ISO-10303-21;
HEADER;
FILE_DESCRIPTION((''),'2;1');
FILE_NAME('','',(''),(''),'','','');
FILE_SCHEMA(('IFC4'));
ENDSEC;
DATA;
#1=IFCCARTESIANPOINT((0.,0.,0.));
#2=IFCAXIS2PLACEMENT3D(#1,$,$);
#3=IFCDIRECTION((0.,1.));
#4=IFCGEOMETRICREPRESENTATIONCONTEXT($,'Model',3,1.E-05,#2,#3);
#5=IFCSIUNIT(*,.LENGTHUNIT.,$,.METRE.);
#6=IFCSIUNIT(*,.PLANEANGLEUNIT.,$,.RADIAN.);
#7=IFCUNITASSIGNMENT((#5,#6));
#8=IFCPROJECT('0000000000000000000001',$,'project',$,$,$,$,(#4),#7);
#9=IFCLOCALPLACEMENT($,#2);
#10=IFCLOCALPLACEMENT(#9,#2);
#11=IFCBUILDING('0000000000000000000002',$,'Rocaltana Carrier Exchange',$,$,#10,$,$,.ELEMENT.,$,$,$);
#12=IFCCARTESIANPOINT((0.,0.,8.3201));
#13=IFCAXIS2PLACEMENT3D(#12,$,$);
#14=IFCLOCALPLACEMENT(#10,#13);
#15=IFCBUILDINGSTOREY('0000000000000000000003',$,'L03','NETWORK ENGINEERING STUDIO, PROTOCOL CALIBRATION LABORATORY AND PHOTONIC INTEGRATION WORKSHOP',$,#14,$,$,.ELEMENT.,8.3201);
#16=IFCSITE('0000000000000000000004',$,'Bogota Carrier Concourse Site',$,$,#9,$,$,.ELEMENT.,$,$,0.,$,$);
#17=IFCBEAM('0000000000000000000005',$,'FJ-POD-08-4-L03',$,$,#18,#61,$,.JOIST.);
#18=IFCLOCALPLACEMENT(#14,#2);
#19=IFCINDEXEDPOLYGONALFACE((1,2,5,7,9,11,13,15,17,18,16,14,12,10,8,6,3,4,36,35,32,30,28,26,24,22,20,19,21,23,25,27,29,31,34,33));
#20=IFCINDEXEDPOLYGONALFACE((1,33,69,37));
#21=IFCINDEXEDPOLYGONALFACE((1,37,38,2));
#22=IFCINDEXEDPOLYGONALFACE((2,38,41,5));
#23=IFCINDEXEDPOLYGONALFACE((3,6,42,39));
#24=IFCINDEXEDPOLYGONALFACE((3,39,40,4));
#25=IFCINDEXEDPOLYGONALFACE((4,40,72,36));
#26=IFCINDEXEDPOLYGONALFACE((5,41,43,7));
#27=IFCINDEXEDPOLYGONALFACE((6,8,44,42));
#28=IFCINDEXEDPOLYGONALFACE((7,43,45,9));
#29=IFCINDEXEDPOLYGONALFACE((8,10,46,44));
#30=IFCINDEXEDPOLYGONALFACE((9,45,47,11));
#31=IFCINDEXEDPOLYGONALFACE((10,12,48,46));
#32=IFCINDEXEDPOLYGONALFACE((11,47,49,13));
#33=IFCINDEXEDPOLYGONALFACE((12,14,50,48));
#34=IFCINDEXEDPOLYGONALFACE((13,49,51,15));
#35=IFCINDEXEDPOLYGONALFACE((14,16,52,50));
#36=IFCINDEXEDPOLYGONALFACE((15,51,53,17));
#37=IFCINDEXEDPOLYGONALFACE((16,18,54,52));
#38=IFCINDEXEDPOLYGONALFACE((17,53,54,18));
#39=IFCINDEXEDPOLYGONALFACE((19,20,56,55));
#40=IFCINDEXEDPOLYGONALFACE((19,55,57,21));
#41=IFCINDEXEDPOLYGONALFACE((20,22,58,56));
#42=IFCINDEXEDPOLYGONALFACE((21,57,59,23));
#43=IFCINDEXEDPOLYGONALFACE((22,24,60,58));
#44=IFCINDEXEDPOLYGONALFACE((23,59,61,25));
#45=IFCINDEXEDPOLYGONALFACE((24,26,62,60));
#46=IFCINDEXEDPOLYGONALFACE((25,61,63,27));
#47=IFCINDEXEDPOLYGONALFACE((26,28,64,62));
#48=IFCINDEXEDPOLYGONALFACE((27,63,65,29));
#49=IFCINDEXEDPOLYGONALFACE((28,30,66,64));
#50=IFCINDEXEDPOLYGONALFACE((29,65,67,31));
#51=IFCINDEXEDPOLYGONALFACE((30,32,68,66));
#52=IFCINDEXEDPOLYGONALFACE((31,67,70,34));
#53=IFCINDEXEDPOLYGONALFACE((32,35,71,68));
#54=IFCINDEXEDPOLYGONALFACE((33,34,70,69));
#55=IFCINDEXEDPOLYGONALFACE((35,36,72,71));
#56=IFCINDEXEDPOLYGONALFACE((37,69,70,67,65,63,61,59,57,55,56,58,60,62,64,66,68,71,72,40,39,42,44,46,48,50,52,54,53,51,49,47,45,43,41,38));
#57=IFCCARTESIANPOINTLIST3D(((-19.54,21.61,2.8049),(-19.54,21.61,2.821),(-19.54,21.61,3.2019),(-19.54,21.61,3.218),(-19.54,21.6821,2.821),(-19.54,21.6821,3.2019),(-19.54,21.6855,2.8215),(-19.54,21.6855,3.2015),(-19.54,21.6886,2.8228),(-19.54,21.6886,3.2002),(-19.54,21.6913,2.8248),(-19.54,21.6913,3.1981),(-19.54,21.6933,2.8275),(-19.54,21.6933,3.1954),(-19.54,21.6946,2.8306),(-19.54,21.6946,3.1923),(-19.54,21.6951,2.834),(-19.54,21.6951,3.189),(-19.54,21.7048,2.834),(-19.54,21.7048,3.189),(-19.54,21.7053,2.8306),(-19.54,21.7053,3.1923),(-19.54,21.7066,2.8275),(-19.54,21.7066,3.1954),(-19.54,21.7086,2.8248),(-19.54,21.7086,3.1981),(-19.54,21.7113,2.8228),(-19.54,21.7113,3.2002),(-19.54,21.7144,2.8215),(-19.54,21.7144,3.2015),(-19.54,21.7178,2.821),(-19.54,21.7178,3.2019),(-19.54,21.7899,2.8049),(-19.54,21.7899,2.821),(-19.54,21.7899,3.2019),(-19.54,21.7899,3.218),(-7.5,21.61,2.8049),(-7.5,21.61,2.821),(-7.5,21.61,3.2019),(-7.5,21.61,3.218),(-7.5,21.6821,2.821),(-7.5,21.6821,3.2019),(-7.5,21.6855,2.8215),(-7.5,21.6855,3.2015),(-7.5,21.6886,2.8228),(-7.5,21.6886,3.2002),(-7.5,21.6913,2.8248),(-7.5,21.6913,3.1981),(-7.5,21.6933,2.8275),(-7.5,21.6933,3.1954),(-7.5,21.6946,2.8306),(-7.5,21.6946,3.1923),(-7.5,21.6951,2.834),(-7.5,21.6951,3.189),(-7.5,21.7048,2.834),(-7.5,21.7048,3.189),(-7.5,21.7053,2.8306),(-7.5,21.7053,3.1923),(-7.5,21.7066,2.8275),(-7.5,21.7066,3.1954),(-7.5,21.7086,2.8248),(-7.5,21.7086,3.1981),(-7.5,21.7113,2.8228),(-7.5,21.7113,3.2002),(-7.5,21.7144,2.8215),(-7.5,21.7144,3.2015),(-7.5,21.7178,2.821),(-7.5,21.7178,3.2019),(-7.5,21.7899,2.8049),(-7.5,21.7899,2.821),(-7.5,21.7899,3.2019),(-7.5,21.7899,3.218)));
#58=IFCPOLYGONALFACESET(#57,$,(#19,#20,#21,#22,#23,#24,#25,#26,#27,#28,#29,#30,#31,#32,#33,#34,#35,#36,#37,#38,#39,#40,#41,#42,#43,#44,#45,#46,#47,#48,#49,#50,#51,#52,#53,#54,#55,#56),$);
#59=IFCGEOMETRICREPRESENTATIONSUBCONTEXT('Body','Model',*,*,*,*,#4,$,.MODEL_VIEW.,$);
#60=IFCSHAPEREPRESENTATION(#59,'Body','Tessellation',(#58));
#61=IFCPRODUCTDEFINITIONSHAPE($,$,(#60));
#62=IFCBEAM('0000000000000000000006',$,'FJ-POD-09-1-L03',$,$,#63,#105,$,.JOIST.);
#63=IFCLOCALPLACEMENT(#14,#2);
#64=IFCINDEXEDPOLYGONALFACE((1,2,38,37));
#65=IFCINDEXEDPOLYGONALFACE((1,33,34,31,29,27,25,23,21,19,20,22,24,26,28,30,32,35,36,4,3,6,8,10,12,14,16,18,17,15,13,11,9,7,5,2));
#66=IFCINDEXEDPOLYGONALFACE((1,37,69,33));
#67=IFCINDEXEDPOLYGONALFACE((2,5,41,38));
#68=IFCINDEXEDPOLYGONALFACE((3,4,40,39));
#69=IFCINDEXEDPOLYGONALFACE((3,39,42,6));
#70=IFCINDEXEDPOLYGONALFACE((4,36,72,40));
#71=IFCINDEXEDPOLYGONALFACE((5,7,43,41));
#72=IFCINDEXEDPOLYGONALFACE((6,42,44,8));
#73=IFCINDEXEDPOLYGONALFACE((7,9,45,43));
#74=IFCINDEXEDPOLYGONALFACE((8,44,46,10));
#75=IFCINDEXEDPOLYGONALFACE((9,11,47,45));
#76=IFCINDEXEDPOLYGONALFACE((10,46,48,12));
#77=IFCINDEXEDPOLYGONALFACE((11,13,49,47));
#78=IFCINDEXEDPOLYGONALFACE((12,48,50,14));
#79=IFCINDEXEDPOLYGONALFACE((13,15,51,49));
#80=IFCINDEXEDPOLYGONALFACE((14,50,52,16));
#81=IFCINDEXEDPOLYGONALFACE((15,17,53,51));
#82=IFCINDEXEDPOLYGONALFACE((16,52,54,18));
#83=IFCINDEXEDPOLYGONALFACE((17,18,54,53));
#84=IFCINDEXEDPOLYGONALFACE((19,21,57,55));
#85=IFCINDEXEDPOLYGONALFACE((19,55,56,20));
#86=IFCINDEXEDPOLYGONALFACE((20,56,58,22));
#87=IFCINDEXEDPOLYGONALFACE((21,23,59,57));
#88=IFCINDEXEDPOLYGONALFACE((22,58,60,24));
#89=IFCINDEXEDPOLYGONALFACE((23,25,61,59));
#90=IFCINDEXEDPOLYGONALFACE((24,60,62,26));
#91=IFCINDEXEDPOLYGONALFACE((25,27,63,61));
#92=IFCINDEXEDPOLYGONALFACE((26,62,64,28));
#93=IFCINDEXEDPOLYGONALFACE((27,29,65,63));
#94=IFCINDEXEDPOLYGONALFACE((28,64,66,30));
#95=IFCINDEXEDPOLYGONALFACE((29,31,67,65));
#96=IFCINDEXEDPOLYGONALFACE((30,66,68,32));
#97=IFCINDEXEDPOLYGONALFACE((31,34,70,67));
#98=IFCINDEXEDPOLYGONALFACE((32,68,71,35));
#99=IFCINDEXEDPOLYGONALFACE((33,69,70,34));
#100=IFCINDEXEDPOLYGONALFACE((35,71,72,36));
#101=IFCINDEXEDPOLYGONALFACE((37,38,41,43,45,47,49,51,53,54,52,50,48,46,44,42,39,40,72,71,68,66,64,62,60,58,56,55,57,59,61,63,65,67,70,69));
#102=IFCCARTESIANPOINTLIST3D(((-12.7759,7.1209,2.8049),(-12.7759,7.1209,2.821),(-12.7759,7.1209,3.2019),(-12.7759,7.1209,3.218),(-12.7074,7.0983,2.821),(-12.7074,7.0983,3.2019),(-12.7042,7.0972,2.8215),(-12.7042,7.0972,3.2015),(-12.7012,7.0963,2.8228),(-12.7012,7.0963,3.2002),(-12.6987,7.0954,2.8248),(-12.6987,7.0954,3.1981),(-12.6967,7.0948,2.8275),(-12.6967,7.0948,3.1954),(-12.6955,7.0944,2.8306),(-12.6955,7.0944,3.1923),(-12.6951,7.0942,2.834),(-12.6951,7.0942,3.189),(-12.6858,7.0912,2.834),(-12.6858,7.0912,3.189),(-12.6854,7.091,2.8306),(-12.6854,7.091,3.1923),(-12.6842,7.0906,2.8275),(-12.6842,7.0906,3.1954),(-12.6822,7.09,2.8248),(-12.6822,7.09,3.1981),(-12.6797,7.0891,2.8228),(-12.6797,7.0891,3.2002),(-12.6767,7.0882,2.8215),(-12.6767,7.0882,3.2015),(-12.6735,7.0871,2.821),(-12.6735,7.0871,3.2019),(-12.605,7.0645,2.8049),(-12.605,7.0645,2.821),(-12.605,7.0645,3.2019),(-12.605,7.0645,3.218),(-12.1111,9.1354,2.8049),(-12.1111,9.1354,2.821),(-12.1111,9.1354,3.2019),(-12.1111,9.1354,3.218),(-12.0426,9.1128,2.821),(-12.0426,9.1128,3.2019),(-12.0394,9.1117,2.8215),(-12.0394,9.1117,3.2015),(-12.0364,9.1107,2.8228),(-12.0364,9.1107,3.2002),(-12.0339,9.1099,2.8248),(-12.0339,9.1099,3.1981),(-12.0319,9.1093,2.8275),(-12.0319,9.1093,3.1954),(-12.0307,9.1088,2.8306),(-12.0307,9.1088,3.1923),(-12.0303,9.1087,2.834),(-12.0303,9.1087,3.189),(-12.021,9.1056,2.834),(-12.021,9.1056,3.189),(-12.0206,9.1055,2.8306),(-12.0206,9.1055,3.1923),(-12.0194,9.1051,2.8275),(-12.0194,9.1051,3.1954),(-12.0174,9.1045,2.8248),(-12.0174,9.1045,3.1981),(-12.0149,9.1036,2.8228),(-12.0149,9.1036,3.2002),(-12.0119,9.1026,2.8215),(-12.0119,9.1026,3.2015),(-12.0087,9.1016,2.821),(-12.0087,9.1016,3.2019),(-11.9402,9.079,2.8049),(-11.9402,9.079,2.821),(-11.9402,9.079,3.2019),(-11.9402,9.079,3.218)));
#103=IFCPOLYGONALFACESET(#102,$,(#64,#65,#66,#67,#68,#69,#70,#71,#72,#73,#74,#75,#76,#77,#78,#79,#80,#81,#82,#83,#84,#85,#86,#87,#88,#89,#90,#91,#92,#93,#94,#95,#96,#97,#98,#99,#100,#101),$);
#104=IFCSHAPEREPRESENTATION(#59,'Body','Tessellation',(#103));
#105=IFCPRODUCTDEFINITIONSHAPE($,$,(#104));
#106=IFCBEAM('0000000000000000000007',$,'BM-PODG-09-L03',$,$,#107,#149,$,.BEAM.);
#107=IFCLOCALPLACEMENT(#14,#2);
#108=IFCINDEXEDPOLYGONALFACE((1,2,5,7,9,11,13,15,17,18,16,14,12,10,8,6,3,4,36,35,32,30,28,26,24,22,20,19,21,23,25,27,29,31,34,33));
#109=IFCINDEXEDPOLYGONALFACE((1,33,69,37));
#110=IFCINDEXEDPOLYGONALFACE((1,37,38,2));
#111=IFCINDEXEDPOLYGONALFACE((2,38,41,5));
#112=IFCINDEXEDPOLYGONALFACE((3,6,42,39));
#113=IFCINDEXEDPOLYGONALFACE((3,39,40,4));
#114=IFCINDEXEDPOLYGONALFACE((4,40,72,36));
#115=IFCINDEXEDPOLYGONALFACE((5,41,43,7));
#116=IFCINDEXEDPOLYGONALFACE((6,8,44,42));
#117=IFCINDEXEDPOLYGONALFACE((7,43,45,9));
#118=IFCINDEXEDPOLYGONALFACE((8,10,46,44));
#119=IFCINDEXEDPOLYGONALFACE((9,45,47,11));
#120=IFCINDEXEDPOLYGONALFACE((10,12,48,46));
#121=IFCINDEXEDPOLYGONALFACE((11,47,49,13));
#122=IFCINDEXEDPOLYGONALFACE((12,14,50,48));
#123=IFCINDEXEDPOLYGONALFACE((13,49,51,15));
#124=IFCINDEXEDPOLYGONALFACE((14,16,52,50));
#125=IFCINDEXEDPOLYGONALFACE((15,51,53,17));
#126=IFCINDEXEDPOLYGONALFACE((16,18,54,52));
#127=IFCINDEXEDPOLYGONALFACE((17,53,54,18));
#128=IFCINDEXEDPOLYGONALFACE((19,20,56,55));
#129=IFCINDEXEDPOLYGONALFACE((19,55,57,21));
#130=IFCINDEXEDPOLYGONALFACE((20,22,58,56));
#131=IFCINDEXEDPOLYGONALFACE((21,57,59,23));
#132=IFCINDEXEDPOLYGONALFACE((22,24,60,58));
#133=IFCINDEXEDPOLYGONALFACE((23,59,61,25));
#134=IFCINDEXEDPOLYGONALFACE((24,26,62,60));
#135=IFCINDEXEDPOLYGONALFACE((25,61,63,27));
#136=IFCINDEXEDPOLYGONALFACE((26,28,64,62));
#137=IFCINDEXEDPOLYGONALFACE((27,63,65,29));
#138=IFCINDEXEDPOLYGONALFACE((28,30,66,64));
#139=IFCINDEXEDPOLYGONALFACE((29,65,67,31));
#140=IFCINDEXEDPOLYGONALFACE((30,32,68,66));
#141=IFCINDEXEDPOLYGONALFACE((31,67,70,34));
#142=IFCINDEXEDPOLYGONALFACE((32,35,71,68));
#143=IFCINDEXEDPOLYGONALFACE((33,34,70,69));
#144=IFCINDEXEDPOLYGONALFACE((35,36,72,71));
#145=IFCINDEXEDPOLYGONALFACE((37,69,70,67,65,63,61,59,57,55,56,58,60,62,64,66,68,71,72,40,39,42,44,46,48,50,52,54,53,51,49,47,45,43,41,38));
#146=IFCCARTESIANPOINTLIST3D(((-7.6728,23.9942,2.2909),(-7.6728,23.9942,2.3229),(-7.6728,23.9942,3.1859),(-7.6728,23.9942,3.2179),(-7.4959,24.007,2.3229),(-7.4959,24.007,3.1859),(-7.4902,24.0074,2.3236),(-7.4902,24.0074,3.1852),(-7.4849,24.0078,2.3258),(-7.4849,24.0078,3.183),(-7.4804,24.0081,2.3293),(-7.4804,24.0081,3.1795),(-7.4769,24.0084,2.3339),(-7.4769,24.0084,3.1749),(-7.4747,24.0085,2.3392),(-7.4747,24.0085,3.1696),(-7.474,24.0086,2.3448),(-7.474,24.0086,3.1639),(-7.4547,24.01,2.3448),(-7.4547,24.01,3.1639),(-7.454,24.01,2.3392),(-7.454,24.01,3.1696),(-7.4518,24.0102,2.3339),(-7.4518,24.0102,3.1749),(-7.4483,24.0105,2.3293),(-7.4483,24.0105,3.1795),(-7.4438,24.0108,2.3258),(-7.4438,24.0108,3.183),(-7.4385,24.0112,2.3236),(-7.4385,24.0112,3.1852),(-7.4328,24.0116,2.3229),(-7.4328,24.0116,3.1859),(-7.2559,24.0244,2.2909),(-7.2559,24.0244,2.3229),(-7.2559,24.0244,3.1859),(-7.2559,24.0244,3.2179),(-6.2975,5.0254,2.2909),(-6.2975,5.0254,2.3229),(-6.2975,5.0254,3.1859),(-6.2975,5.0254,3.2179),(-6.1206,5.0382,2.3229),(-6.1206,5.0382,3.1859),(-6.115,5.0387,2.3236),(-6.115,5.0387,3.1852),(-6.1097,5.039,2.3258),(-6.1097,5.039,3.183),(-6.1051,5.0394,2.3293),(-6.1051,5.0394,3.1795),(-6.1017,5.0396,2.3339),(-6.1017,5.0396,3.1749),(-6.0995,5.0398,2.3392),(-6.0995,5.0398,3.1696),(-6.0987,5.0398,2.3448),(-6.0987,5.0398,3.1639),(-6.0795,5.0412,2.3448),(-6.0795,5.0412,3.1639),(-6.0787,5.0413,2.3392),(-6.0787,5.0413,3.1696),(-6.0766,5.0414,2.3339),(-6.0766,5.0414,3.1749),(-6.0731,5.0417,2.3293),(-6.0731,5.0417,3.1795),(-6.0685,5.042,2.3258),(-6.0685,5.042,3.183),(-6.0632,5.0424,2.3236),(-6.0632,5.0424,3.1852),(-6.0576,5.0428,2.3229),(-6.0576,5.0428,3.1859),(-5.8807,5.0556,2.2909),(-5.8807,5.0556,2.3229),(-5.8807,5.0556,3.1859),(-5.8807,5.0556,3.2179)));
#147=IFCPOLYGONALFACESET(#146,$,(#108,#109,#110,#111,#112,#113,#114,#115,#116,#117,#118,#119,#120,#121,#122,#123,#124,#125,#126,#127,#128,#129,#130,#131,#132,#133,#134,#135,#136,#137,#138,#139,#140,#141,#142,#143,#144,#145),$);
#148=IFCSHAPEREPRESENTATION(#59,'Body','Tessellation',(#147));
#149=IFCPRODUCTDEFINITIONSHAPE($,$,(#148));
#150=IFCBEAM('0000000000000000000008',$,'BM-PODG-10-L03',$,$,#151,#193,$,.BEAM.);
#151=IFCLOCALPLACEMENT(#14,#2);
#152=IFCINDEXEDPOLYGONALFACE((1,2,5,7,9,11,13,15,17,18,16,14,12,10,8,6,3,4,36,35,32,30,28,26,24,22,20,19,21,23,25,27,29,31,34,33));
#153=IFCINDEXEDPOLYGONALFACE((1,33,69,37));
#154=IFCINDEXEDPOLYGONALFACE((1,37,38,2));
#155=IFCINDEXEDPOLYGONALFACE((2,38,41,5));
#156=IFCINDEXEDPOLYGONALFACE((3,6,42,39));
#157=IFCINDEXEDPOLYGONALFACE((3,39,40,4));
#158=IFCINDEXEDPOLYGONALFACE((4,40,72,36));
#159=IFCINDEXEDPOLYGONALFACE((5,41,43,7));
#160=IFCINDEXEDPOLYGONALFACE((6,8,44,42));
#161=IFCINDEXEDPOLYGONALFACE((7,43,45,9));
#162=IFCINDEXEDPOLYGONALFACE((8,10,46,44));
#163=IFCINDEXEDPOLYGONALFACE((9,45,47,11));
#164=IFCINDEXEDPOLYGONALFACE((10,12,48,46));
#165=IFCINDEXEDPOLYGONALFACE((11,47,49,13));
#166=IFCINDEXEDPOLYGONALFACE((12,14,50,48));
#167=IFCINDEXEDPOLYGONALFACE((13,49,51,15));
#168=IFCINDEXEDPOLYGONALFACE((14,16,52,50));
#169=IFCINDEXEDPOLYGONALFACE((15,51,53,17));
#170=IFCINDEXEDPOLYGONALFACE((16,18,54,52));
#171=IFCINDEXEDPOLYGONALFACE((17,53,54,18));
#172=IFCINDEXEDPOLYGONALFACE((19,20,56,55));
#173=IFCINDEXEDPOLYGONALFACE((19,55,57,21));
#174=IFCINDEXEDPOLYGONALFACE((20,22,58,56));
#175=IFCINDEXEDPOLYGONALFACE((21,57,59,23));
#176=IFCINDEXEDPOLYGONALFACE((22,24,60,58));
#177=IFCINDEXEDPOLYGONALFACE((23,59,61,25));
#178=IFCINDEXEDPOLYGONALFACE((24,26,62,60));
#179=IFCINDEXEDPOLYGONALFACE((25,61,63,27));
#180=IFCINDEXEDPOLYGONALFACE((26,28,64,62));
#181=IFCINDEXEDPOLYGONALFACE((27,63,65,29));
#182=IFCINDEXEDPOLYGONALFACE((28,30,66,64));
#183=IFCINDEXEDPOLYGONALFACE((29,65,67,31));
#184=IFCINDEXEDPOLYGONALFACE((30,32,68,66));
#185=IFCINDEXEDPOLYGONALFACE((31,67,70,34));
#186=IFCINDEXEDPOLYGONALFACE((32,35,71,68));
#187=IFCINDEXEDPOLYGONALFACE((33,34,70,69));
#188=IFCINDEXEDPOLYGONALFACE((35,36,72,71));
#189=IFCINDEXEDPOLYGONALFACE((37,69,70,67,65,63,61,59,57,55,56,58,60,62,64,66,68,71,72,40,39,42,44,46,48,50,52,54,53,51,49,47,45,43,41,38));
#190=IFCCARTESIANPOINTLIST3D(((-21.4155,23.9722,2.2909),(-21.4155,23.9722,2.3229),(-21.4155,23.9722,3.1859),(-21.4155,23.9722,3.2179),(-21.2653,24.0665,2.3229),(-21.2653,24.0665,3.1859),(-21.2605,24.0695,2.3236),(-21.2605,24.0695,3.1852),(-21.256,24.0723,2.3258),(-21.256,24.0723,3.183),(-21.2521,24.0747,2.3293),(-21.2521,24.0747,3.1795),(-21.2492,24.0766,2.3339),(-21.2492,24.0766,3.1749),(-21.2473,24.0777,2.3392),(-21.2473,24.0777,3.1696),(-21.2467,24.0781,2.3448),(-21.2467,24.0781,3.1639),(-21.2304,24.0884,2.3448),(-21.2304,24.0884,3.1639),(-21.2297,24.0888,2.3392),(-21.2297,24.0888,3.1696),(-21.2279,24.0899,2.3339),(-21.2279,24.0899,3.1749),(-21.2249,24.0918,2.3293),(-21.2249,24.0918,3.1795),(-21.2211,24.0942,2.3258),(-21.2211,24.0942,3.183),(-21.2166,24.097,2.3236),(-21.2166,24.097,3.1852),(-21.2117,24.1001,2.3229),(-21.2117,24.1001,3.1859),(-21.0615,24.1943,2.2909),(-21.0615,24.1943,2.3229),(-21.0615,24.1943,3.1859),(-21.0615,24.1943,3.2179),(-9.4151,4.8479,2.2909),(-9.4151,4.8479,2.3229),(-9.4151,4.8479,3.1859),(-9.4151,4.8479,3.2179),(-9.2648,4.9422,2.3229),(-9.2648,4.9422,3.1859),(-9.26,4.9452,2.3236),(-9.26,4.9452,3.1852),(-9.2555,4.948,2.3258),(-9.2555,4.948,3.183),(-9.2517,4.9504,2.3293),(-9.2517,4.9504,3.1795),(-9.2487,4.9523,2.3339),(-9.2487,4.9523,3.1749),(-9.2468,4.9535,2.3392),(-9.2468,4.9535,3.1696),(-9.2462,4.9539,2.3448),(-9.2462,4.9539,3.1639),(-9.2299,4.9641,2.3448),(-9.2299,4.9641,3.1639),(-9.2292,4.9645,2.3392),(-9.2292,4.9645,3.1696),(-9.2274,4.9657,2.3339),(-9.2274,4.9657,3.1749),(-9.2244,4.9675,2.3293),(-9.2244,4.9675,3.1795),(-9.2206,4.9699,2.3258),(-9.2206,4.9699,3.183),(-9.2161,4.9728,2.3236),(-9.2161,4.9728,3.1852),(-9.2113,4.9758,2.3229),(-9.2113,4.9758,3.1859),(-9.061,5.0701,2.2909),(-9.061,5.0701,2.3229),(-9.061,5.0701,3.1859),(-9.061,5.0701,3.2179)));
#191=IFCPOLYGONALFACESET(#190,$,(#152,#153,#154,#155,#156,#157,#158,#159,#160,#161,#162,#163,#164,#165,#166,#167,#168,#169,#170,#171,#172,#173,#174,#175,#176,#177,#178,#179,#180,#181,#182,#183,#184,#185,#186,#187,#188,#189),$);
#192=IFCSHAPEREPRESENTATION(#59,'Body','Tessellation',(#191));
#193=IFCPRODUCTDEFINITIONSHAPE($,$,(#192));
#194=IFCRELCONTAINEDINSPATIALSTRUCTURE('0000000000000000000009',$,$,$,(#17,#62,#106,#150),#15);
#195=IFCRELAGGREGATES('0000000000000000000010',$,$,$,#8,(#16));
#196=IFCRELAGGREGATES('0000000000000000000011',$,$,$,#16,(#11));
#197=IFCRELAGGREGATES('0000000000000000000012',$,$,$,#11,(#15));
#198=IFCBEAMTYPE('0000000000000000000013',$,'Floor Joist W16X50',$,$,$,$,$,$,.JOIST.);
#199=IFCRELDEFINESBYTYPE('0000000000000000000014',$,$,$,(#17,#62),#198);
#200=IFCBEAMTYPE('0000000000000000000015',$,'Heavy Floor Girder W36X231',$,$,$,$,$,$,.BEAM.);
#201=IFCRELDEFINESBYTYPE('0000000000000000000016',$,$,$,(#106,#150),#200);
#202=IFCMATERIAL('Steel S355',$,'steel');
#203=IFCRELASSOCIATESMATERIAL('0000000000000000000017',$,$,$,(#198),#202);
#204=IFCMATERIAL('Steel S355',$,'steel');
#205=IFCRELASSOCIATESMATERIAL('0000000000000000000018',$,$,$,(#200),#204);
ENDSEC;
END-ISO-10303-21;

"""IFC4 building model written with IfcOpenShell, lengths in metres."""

from ifc_helpers import new_model, si_unit, direction, frame, origin, origin_2d, place, context, subcontext, project, spatial, i_section, extrude, material, material_profile, profile_set, type_object, element, save


model = new_model("IFC4")

# Units and contexts
model_context = context("Model", 3, precision=1e-05, world=origin(), true_north=direction((0.0, 1.0)))
body_context = subcontext(model_context, "Body", "Model", "MODEL_VIEW")
ifc_project = project(units=[si_unit("LENGTHUNIT", "METRE"), si_unit("PLANEANGLEUNIT", "RADIAN")], contexts=[model_context])

# Site, building, storey
site_placement = place(None, origin())
site = spatial("IfcSite", under=ifc_project, at=site_placement, Name="Bogota Carrier Concourse Site", CompositionType="ELEMENT", RefElevation=0.0)
building_placement = place(site_placement, origin())
building = spatial("IfcBuilding", under=site, at=building_placement, Name="Rocaltana Carrier Exchange", CompositionType="ELEMENT")
storey_placement = place(building_placement, frame((0.0, 0.0, 8.3201)))
storey = spatial("IfcBuildingStorey", under=building, at=storey_placement, Name="L03", Description="NETWORK ENGINEERING STUDIO, PROTOCOL CALIBRATION LABORATORY AND PHOTONIC INTEGRATION WORKSHOP", CompositionType="ELEMENT", Elevation=8.3201)

# Beams
ifc_material_1 = material(Name="Steel S355", Category="steel")
ifc_material_profile_1 = material_profile(ifc_material_1, i_section(OverallWidth=0.1799, OverallDepth=0.4131, WebThickness=0.0098, FlangeThickness=0.0161, FilletRadius=0.0129, at=origin_2d()), Name="W16X50")
ifc_profile_set_1 = profile_set([ifc_material_profile_1], Name="Steel S355")
beam_type_1 = type_object("IfcBeamType", Name="Floor Joist W16X50", PredefinedType="JOIST", material=ifc_profile_set_1)
beam_1_placement = place(storey_placement, frame((-7.5, 21.7, 3.0115), z_axis=(-1.0, 0.0, 0.0), x_axis=(0.0, -1.0, 0.0)))
element("IfcBeam", 1, at=beam_1_placement, inside=storey, type_object=beam_type_1, Name="FJ-POD-08-4-L03", PredefinedType="JOIST", context=body_context, shape_type="SweptSolid", body=[
    extrude(i_section(OverallWidth=0.1799, OverallDepth=0.4131, WebThickness=0.0098, FlangeThickness=0.0161, FilletRadius=0.0129, at=origin_2d()), origin(), (0.0, 0.0, 1.0), 12.04),
])
beam_2_placement = place(storey_placement, frame((-12.0256, 9.1072, 3.0115), z_axis=(-0.313395, -0.949623, 0.0), x_axis=(0.949623, -0.313395, 0.0)))
element("IfcBeam", 2, at=beam_2_placement, inside=storey, type_object=beam_type_1, Name="FJ-POD-09-1-L03", PredefinedType="JOIST", context=body_context, shape_type="SweptSolid", body=[
    extrude(i_section(OverallWidth=0.1799, OverallDepth=0.4131, WebThickness=0.0098, FlangeThickness=0.0161, FilletRadius=0.0129, at=origin_2d()), origin(), (0.0, 0.0, 1.0), 2.1213),
])
ifc_material_2 = material(Name="Steel S355", Category="steel")
ifc_material_profile_2 = material_profile(ifc_material_2, i_section(OverallWidth=0.418, OverallDepth=0.927, WebThickness=0.0193, FlangeThickness=0.032, FilletRadius=0.022, at=origin_2d()), Name="W36X231")
ifc_profile_set_2 = profile_set([ifc_material_profile_2], Name="Steel S355")
beam_type_2 = type_object("IfcBeamType", Name="Heavy Floor Girder W36X231", PredefinedType="BEAM", material=ifc_profile_set_2)
beam_3_placement = place(storey_placement, frame((-6.0891, 5.0405, 2.7544), z_axis=(-0.072311, 0.997382, 0.0), x_axis=(-0.997382, -0.072311, 0.0)))
element("IfcBeam", 3, at=beam_3_placement, inside=storey, type_object=beam_type_2, Name="BM-PODG-09-L03", PredefinedType="BEAM", context=body_context, shape_type="SweptSolid", body=[
    extrude(i_section(OverallWidth=0.418, OverallDepth=0.927, WebThickness=0.0193, FlangeThickness=0.032, FilletRadius=0.022, at=origin_2d()), origin(), (0.0, 0.0, 1.0), 19.0186),
])
beam_4_placement = place(storey_placement, frame((-9.238, 4.959, 2.7544), z_axis=(-0.531521, 0.847045, 0.0), x_axis=(-0.847045, -0.531521, 0.0)))
element("IfcBeam", 4, at=beam_4_placement, inside=storey, type_object=beam_type_2, Name="BM-PODG-10-L03", PredefinedType="BEAM", context=body_context, shape_type="SweptSolid", body=[
    extrude(i_section(OverallWidth=0.418, OverallDepth=0.927, WebThickness=0.0193, FlangeThickness=0.032, FilletRadius=0.022, at=origin_2d()), origin(), (0.0, 0.0, 1.0), 22.5776),
])

save(model, "model.ifc")
